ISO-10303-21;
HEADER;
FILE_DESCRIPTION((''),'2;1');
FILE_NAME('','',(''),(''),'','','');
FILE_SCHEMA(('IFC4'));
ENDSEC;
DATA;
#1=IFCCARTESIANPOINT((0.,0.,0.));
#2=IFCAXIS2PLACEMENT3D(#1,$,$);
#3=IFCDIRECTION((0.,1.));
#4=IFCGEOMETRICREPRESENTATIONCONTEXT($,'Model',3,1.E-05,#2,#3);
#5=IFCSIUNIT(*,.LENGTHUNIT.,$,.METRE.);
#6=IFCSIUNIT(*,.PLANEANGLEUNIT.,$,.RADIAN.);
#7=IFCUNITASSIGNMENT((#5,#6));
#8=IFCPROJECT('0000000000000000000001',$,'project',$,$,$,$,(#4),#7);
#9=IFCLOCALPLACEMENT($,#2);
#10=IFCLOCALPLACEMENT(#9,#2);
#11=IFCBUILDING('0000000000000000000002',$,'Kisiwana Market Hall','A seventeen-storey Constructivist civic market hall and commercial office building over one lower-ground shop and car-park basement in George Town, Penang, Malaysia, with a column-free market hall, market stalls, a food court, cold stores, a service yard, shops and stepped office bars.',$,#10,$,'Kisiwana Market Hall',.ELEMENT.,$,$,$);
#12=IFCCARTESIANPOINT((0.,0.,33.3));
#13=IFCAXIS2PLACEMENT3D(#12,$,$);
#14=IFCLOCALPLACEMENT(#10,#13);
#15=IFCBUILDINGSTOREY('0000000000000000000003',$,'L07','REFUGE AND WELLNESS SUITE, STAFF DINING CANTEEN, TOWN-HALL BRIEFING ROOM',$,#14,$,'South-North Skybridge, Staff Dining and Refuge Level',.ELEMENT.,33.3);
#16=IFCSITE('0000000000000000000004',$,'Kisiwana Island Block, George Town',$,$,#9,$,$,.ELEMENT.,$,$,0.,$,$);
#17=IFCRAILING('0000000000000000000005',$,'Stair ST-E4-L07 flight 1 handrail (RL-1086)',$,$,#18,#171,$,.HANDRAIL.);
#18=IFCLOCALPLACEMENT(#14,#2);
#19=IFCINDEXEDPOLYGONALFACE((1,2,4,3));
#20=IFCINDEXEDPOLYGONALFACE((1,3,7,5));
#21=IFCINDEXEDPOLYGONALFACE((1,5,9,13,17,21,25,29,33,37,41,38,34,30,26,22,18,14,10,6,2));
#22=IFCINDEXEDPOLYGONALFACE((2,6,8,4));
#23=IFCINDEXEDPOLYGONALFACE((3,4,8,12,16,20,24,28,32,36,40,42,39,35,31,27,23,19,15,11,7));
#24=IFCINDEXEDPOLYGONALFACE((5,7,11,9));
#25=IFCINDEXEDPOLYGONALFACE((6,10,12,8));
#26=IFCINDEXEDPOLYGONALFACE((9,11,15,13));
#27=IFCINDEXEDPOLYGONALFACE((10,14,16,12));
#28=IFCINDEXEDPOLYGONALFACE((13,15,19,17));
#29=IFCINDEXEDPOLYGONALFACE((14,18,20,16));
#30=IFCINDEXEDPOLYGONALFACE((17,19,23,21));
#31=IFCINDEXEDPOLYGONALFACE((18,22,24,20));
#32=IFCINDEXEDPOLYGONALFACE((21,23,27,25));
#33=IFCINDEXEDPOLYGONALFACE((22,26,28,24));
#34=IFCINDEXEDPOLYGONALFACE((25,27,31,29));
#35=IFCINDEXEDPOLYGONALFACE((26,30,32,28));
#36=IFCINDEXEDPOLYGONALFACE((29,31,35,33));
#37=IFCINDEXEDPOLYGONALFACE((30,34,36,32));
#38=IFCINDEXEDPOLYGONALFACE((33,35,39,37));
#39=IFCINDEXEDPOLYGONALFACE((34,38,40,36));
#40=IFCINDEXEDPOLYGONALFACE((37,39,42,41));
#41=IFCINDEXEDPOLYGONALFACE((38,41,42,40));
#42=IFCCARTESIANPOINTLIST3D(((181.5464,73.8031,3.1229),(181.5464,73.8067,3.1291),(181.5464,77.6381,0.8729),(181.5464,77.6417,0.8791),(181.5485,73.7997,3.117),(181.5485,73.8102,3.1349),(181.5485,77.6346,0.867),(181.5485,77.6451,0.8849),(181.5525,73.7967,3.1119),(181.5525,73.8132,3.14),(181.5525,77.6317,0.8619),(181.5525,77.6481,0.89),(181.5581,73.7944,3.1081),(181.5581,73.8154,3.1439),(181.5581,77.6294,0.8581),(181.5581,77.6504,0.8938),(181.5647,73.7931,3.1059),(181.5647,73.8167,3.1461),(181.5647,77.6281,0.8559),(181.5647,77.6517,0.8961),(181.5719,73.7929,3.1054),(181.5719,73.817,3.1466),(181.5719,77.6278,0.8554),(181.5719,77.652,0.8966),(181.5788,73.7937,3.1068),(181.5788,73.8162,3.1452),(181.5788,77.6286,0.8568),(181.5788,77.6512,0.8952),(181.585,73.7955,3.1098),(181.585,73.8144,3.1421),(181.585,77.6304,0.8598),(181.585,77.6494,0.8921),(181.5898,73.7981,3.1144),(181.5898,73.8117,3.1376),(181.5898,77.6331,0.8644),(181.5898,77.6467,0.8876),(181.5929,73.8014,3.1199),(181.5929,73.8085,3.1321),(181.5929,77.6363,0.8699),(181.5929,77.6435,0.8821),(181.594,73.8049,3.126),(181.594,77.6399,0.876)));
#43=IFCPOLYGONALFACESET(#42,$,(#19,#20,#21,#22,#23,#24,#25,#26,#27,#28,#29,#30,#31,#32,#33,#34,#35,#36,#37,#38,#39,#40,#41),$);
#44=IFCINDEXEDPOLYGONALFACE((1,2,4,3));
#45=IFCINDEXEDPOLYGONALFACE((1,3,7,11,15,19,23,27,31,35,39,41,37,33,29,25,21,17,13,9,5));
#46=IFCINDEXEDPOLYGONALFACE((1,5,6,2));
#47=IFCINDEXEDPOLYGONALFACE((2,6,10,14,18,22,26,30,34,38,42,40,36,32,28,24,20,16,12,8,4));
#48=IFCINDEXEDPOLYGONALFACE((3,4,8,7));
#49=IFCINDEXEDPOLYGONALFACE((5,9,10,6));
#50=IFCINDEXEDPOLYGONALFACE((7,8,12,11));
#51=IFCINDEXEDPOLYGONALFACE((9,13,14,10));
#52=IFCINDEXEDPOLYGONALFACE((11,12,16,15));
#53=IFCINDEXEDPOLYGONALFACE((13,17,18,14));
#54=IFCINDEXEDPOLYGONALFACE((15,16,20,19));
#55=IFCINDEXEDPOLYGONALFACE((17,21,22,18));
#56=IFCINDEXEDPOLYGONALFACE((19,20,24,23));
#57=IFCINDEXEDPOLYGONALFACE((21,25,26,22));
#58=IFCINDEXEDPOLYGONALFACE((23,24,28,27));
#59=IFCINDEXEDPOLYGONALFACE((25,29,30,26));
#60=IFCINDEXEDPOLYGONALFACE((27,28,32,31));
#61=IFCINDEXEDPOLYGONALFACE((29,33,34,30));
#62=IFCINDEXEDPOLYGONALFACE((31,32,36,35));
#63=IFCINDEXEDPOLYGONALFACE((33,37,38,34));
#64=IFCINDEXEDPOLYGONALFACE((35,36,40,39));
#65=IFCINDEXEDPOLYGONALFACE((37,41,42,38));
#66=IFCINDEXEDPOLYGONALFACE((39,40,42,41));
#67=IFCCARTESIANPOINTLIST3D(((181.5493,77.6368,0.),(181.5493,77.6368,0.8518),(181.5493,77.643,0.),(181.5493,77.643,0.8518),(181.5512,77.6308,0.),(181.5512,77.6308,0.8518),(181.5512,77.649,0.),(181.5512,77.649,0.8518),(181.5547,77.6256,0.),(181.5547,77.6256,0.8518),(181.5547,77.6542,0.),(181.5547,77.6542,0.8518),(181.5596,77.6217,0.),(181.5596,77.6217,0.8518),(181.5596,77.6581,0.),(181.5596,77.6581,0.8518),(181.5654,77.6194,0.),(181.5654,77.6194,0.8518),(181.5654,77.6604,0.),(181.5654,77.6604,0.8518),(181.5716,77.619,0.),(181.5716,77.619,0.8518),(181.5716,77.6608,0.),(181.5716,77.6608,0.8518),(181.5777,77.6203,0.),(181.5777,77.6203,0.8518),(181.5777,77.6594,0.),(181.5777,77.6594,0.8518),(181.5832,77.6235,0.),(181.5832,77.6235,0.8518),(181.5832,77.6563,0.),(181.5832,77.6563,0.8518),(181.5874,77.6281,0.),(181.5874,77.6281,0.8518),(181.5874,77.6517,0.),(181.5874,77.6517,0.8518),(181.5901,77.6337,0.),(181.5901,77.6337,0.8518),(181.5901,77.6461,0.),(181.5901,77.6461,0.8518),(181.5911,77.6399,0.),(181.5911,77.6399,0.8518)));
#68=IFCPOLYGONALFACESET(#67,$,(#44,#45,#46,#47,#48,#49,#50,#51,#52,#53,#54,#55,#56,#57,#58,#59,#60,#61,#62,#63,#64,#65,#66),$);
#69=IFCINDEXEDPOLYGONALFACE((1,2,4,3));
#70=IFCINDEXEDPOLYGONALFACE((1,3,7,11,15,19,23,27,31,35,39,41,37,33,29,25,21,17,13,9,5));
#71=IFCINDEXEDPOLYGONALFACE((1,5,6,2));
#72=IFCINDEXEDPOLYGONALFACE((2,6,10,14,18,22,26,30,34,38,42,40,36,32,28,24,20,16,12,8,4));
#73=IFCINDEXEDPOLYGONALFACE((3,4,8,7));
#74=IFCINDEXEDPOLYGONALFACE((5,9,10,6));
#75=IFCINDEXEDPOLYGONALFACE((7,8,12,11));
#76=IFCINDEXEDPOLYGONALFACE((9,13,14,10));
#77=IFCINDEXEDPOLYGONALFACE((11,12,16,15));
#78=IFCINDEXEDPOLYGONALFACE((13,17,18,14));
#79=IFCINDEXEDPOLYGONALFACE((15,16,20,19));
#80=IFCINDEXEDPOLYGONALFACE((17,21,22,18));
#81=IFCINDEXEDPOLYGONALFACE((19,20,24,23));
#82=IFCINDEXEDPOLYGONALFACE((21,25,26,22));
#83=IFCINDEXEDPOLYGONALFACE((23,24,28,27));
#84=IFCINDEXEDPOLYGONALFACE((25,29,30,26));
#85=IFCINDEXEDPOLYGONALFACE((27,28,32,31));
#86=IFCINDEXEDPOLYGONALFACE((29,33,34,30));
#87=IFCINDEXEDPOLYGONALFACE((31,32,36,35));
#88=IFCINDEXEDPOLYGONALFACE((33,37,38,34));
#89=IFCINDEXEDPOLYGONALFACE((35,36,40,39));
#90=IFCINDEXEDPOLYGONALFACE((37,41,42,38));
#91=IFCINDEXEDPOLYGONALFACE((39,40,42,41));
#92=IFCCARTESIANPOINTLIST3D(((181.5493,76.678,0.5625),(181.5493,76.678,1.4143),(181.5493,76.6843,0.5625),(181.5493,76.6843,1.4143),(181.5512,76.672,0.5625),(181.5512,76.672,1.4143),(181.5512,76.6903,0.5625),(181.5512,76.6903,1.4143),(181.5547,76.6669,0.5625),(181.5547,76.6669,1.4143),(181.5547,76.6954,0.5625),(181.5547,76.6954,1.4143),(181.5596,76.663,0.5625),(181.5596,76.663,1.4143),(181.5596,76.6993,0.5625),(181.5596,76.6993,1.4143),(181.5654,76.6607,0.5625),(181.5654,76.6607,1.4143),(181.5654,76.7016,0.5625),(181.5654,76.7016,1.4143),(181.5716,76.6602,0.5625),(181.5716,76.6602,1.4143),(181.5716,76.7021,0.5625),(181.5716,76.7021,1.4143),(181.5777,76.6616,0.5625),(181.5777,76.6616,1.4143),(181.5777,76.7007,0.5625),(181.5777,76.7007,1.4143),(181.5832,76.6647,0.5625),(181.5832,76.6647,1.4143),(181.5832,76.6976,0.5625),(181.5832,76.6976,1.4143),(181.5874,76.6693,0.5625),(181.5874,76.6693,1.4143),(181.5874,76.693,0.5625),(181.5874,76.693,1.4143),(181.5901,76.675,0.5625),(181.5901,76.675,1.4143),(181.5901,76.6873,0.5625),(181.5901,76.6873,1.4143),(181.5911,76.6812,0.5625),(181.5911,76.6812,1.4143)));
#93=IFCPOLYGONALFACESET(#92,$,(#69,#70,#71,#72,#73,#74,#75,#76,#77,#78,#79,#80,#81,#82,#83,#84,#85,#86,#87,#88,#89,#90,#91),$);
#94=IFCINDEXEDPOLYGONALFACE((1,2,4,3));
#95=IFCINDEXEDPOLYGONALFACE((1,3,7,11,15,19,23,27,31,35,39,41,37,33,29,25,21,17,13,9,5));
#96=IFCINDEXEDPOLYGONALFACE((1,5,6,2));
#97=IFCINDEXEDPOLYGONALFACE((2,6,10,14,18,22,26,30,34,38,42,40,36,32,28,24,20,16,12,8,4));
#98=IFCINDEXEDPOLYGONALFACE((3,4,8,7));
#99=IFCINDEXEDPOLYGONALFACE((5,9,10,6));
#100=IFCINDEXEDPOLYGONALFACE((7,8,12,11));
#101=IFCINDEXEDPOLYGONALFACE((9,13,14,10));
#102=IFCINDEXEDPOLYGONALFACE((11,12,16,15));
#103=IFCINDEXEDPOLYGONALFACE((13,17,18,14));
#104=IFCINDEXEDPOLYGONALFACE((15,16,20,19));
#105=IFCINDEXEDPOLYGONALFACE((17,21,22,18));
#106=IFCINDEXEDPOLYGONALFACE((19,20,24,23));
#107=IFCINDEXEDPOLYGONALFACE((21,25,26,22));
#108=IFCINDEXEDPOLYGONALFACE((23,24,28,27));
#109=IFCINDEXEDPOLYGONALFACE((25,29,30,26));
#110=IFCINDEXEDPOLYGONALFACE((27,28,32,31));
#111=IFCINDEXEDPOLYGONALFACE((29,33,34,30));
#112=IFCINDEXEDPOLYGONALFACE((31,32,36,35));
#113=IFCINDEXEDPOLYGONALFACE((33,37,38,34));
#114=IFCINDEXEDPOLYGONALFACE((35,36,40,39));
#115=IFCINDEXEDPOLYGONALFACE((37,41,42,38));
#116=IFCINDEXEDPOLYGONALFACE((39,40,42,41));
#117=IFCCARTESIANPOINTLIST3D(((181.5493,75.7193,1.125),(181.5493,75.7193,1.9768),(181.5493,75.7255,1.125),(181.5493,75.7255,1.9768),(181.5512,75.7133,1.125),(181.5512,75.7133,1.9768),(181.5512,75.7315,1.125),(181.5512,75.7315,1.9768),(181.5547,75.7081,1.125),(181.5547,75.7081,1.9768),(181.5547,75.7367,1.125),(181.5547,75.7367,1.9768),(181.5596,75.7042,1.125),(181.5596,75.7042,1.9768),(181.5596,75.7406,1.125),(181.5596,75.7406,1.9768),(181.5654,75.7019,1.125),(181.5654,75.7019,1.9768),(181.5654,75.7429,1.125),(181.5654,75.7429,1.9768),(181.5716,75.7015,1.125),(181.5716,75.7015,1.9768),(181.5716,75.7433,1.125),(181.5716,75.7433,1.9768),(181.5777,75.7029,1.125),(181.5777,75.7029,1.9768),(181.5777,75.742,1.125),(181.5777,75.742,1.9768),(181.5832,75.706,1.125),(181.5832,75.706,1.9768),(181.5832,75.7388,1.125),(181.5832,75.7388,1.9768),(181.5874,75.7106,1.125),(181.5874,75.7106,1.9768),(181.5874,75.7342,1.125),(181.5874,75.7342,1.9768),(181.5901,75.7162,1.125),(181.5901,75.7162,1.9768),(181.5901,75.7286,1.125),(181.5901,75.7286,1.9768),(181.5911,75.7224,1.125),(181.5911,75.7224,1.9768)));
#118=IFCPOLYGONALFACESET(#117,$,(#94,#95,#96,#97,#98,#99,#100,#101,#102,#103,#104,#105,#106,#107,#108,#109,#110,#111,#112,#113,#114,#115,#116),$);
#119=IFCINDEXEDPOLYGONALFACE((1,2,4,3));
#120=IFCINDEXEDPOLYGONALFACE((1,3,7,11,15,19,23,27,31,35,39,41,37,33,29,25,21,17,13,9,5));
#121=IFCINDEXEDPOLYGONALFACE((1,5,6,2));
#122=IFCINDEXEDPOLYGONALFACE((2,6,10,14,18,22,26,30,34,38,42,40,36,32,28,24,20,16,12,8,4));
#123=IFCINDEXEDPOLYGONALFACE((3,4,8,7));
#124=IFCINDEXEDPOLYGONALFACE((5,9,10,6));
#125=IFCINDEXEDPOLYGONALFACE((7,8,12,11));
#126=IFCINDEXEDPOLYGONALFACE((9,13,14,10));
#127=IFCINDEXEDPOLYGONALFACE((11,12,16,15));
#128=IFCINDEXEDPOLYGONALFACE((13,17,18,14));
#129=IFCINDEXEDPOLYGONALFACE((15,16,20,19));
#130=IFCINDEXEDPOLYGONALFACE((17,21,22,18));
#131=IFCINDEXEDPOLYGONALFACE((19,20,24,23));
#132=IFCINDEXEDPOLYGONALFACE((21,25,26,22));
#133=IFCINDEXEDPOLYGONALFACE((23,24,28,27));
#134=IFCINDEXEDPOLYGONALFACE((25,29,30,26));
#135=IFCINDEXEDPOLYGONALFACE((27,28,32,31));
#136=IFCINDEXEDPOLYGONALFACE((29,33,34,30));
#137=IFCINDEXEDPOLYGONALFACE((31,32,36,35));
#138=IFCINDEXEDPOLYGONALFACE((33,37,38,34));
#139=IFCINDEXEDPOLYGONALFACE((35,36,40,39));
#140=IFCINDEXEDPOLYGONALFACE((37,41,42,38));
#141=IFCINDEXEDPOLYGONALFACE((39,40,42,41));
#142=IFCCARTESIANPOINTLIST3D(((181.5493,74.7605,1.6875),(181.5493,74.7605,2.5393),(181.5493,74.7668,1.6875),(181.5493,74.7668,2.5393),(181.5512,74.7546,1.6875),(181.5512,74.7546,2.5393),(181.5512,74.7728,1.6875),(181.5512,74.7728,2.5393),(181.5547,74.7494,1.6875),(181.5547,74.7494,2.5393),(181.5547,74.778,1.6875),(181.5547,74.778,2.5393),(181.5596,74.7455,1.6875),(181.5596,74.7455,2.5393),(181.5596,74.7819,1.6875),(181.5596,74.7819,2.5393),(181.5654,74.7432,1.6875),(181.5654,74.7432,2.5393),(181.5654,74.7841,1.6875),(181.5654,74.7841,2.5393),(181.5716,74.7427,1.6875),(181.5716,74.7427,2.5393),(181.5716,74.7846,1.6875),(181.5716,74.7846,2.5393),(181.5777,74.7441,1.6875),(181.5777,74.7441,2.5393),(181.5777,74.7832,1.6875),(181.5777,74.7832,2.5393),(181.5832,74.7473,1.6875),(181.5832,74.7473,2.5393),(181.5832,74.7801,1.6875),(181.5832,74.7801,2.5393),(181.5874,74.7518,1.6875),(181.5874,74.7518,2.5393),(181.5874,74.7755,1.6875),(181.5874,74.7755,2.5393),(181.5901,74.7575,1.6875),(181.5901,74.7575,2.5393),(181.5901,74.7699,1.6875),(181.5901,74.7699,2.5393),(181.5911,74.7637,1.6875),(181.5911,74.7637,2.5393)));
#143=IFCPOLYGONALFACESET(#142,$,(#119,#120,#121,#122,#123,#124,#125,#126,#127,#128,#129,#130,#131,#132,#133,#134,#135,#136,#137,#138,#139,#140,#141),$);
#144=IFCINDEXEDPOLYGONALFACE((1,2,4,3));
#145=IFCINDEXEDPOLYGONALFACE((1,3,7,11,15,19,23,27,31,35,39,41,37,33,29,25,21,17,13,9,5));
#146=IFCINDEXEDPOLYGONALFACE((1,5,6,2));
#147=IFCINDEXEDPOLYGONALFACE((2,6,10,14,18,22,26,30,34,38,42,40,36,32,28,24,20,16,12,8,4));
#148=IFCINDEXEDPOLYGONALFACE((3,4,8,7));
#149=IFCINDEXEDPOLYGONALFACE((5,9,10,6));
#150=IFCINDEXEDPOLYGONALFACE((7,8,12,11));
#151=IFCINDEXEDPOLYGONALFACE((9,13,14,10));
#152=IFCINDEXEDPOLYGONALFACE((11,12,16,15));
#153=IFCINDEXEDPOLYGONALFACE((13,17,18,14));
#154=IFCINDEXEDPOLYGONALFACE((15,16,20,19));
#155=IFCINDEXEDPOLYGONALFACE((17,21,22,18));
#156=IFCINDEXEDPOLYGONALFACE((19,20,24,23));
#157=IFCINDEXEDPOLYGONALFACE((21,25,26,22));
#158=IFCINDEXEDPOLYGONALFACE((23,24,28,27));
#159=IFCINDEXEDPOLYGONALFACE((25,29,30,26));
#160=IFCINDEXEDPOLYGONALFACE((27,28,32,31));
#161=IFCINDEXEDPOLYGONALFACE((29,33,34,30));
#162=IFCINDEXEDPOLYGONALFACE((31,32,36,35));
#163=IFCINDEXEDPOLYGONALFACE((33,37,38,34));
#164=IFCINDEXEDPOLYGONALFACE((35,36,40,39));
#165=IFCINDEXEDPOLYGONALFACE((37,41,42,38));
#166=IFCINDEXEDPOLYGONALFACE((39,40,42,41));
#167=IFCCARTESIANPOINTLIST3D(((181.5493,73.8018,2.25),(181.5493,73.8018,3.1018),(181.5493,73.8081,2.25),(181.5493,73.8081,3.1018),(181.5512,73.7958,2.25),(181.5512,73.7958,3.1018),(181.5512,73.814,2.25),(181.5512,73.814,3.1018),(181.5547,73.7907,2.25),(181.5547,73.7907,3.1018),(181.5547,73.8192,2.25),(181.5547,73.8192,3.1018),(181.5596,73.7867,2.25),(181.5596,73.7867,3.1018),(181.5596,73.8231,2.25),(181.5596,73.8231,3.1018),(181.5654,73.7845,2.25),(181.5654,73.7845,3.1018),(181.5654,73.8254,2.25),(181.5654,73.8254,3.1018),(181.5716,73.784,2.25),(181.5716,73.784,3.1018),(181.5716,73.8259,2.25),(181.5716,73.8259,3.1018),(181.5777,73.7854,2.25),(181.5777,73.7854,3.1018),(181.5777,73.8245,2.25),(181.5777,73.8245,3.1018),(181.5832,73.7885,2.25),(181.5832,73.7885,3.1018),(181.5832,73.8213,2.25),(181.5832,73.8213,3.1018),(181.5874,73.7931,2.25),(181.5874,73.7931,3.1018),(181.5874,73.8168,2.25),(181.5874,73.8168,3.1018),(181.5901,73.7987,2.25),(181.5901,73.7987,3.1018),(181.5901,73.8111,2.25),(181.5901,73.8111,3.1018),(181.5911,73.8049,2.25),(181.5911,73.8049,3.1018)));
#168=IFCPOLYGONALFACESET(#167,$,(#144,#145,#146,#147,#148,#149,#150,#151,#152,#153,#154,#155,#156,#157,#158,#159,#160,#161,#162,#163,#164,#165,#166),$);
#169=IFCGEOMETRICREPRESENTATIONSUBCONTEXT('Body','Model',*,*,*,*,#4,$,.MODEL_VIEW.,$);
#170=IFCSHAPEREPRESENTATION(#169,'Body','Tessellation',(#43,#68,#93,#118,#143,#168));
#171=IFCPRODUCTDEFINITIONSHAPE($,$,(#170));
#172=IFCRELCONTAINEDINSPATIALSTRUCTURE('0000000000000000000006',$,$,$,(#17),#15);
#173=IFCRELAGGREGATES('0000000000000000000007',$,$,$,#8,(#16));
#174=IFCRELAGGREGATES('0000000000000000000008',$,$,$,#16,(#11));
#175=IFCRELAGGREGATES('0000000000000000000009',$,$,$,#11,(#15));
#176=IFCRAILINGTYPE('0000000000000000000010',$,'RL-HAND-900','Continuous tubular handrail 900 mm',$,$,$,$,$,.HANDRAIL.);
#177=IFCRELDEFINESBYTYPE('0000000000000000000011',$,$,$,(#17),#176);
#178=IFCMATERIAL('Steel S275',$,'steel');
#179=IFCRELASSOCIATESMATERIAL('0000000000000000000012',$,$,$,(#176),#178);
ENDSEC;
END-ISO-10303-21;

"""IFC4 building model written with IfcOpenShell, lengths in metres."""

from ifc_helpers import new_model, si_unit, direction, frame, origin, origin_2d, place, context, subcontext, project, spatial, circle, extrude, material, type_object, element, save


model = new_model("IFC4")

# Units and contexts
model_context = context("Model", 3, precision=1e-05, world=origin(), true_north=direction((0.0, 1.0)))
body_context = subcontext(model_context, "Body", "Model", "MODEL_VIEW")
ifc_project = project(units=[si_unit("LENGTHUNIT", "METRE"), si_unit("PLANEANGLEUNIT", "RADIAN")], contexts=[model_context])

# Site, building, storey
site_placement = place(None, origin())
site = spatial("IfcSite", under=ifc_project, at=site_placement, Name="Kisiwana Island Block, George Town", CompositionType="ELEMENT", RefElevation=0.0)
building_placement = place(site_placement, origin())
building = spatial("IfcBuilding", under=site, at=building_placement, Name="Kisiwana Market Hall", Description="A seventeen-storey Constructivist civic market hall and commercial office building over one lower-ground shop and car-park basement in George Town, Penang, Malaysia, with a column-free market hall, market stalls, a food court, cold stores, a service yard, shops and stepped office bars.", LongName="Kisiwana Market Hall", CompositionType="ELEMENT")
storey_placement = place(building_placement, frame((0.0, 0.0, 33.3)))
storey = spatial("IfcBuildingStorey", under=building, at=storey_placement, Name="L07", Description="REFUGE AND WELLNESS SUITE, STAFF DINING CANTEEN, TOWN-HALL BRIEFING ROOM", LongName="South-North Skybridge, Staff Dining and Refuge Level", CompositionType="ELEMENT", Elevation=33.3)

# Railing
ifc_material_1 = material(Name="Steel S275", Category="steel")
railing_type_1 = type_object("IfcRailingType", Name="RL-HAND-900", Description="Continuous tubular handrail 900 mm", PredefinedType="HANDRAIL", material=ifc_material_1)
railing_1_placement = place(storey_placement, frame((181.5701, 77.6399, 0.0)))
element("IfcRailing", 1, at=railing_1_placement, inside=storey, type_object=railing_type_1, Name="Stair ST-E4-L07 flight 1 handrail (RL-1086)", PredefinedType="HANDRAIL", context=body_context, shape_type="SweptSolid", body=[
    extrude(circle(Radius=0.0239, at=origin_2d()), frame((0.0, 0.0, 0.876), z_axis=(0.0, -0.86251, 0.506041), x_axis=(1.0, 0.0, 0.0)), (0.0, 0.0, 1.0), 4.4463),
    extrude(circle(Radius=0.021, at=origin_2d()), origin(), (0.0, 0.0, 1.0), 0.8518),
    extrude(circle(Radius=0.021, at=origin_2d()), frame((0.0, -0.9587, 0.5625)), (0.0, 0.0, 1.0), 0.8518),
    extrude(circle(Radius=0.021, at=origin_2d()), frame((0.0, -1.9175, 1.125)), (0.0, 0.0, 1.0), 0.8518),
    extrude(circle(Radius=0.021, at=origin_2d()), frame((0.0, -2.8762, 1.6875)), (0.0, 0.0, 1.0), 0.8518),
    extrude(circle(Radius=0.021, at=origin_2d()), frame((0.0, -3.835, 2.25)), (0.0, 0.0, 1.0), 0.8518),
])

save(model, "model.ifc")
